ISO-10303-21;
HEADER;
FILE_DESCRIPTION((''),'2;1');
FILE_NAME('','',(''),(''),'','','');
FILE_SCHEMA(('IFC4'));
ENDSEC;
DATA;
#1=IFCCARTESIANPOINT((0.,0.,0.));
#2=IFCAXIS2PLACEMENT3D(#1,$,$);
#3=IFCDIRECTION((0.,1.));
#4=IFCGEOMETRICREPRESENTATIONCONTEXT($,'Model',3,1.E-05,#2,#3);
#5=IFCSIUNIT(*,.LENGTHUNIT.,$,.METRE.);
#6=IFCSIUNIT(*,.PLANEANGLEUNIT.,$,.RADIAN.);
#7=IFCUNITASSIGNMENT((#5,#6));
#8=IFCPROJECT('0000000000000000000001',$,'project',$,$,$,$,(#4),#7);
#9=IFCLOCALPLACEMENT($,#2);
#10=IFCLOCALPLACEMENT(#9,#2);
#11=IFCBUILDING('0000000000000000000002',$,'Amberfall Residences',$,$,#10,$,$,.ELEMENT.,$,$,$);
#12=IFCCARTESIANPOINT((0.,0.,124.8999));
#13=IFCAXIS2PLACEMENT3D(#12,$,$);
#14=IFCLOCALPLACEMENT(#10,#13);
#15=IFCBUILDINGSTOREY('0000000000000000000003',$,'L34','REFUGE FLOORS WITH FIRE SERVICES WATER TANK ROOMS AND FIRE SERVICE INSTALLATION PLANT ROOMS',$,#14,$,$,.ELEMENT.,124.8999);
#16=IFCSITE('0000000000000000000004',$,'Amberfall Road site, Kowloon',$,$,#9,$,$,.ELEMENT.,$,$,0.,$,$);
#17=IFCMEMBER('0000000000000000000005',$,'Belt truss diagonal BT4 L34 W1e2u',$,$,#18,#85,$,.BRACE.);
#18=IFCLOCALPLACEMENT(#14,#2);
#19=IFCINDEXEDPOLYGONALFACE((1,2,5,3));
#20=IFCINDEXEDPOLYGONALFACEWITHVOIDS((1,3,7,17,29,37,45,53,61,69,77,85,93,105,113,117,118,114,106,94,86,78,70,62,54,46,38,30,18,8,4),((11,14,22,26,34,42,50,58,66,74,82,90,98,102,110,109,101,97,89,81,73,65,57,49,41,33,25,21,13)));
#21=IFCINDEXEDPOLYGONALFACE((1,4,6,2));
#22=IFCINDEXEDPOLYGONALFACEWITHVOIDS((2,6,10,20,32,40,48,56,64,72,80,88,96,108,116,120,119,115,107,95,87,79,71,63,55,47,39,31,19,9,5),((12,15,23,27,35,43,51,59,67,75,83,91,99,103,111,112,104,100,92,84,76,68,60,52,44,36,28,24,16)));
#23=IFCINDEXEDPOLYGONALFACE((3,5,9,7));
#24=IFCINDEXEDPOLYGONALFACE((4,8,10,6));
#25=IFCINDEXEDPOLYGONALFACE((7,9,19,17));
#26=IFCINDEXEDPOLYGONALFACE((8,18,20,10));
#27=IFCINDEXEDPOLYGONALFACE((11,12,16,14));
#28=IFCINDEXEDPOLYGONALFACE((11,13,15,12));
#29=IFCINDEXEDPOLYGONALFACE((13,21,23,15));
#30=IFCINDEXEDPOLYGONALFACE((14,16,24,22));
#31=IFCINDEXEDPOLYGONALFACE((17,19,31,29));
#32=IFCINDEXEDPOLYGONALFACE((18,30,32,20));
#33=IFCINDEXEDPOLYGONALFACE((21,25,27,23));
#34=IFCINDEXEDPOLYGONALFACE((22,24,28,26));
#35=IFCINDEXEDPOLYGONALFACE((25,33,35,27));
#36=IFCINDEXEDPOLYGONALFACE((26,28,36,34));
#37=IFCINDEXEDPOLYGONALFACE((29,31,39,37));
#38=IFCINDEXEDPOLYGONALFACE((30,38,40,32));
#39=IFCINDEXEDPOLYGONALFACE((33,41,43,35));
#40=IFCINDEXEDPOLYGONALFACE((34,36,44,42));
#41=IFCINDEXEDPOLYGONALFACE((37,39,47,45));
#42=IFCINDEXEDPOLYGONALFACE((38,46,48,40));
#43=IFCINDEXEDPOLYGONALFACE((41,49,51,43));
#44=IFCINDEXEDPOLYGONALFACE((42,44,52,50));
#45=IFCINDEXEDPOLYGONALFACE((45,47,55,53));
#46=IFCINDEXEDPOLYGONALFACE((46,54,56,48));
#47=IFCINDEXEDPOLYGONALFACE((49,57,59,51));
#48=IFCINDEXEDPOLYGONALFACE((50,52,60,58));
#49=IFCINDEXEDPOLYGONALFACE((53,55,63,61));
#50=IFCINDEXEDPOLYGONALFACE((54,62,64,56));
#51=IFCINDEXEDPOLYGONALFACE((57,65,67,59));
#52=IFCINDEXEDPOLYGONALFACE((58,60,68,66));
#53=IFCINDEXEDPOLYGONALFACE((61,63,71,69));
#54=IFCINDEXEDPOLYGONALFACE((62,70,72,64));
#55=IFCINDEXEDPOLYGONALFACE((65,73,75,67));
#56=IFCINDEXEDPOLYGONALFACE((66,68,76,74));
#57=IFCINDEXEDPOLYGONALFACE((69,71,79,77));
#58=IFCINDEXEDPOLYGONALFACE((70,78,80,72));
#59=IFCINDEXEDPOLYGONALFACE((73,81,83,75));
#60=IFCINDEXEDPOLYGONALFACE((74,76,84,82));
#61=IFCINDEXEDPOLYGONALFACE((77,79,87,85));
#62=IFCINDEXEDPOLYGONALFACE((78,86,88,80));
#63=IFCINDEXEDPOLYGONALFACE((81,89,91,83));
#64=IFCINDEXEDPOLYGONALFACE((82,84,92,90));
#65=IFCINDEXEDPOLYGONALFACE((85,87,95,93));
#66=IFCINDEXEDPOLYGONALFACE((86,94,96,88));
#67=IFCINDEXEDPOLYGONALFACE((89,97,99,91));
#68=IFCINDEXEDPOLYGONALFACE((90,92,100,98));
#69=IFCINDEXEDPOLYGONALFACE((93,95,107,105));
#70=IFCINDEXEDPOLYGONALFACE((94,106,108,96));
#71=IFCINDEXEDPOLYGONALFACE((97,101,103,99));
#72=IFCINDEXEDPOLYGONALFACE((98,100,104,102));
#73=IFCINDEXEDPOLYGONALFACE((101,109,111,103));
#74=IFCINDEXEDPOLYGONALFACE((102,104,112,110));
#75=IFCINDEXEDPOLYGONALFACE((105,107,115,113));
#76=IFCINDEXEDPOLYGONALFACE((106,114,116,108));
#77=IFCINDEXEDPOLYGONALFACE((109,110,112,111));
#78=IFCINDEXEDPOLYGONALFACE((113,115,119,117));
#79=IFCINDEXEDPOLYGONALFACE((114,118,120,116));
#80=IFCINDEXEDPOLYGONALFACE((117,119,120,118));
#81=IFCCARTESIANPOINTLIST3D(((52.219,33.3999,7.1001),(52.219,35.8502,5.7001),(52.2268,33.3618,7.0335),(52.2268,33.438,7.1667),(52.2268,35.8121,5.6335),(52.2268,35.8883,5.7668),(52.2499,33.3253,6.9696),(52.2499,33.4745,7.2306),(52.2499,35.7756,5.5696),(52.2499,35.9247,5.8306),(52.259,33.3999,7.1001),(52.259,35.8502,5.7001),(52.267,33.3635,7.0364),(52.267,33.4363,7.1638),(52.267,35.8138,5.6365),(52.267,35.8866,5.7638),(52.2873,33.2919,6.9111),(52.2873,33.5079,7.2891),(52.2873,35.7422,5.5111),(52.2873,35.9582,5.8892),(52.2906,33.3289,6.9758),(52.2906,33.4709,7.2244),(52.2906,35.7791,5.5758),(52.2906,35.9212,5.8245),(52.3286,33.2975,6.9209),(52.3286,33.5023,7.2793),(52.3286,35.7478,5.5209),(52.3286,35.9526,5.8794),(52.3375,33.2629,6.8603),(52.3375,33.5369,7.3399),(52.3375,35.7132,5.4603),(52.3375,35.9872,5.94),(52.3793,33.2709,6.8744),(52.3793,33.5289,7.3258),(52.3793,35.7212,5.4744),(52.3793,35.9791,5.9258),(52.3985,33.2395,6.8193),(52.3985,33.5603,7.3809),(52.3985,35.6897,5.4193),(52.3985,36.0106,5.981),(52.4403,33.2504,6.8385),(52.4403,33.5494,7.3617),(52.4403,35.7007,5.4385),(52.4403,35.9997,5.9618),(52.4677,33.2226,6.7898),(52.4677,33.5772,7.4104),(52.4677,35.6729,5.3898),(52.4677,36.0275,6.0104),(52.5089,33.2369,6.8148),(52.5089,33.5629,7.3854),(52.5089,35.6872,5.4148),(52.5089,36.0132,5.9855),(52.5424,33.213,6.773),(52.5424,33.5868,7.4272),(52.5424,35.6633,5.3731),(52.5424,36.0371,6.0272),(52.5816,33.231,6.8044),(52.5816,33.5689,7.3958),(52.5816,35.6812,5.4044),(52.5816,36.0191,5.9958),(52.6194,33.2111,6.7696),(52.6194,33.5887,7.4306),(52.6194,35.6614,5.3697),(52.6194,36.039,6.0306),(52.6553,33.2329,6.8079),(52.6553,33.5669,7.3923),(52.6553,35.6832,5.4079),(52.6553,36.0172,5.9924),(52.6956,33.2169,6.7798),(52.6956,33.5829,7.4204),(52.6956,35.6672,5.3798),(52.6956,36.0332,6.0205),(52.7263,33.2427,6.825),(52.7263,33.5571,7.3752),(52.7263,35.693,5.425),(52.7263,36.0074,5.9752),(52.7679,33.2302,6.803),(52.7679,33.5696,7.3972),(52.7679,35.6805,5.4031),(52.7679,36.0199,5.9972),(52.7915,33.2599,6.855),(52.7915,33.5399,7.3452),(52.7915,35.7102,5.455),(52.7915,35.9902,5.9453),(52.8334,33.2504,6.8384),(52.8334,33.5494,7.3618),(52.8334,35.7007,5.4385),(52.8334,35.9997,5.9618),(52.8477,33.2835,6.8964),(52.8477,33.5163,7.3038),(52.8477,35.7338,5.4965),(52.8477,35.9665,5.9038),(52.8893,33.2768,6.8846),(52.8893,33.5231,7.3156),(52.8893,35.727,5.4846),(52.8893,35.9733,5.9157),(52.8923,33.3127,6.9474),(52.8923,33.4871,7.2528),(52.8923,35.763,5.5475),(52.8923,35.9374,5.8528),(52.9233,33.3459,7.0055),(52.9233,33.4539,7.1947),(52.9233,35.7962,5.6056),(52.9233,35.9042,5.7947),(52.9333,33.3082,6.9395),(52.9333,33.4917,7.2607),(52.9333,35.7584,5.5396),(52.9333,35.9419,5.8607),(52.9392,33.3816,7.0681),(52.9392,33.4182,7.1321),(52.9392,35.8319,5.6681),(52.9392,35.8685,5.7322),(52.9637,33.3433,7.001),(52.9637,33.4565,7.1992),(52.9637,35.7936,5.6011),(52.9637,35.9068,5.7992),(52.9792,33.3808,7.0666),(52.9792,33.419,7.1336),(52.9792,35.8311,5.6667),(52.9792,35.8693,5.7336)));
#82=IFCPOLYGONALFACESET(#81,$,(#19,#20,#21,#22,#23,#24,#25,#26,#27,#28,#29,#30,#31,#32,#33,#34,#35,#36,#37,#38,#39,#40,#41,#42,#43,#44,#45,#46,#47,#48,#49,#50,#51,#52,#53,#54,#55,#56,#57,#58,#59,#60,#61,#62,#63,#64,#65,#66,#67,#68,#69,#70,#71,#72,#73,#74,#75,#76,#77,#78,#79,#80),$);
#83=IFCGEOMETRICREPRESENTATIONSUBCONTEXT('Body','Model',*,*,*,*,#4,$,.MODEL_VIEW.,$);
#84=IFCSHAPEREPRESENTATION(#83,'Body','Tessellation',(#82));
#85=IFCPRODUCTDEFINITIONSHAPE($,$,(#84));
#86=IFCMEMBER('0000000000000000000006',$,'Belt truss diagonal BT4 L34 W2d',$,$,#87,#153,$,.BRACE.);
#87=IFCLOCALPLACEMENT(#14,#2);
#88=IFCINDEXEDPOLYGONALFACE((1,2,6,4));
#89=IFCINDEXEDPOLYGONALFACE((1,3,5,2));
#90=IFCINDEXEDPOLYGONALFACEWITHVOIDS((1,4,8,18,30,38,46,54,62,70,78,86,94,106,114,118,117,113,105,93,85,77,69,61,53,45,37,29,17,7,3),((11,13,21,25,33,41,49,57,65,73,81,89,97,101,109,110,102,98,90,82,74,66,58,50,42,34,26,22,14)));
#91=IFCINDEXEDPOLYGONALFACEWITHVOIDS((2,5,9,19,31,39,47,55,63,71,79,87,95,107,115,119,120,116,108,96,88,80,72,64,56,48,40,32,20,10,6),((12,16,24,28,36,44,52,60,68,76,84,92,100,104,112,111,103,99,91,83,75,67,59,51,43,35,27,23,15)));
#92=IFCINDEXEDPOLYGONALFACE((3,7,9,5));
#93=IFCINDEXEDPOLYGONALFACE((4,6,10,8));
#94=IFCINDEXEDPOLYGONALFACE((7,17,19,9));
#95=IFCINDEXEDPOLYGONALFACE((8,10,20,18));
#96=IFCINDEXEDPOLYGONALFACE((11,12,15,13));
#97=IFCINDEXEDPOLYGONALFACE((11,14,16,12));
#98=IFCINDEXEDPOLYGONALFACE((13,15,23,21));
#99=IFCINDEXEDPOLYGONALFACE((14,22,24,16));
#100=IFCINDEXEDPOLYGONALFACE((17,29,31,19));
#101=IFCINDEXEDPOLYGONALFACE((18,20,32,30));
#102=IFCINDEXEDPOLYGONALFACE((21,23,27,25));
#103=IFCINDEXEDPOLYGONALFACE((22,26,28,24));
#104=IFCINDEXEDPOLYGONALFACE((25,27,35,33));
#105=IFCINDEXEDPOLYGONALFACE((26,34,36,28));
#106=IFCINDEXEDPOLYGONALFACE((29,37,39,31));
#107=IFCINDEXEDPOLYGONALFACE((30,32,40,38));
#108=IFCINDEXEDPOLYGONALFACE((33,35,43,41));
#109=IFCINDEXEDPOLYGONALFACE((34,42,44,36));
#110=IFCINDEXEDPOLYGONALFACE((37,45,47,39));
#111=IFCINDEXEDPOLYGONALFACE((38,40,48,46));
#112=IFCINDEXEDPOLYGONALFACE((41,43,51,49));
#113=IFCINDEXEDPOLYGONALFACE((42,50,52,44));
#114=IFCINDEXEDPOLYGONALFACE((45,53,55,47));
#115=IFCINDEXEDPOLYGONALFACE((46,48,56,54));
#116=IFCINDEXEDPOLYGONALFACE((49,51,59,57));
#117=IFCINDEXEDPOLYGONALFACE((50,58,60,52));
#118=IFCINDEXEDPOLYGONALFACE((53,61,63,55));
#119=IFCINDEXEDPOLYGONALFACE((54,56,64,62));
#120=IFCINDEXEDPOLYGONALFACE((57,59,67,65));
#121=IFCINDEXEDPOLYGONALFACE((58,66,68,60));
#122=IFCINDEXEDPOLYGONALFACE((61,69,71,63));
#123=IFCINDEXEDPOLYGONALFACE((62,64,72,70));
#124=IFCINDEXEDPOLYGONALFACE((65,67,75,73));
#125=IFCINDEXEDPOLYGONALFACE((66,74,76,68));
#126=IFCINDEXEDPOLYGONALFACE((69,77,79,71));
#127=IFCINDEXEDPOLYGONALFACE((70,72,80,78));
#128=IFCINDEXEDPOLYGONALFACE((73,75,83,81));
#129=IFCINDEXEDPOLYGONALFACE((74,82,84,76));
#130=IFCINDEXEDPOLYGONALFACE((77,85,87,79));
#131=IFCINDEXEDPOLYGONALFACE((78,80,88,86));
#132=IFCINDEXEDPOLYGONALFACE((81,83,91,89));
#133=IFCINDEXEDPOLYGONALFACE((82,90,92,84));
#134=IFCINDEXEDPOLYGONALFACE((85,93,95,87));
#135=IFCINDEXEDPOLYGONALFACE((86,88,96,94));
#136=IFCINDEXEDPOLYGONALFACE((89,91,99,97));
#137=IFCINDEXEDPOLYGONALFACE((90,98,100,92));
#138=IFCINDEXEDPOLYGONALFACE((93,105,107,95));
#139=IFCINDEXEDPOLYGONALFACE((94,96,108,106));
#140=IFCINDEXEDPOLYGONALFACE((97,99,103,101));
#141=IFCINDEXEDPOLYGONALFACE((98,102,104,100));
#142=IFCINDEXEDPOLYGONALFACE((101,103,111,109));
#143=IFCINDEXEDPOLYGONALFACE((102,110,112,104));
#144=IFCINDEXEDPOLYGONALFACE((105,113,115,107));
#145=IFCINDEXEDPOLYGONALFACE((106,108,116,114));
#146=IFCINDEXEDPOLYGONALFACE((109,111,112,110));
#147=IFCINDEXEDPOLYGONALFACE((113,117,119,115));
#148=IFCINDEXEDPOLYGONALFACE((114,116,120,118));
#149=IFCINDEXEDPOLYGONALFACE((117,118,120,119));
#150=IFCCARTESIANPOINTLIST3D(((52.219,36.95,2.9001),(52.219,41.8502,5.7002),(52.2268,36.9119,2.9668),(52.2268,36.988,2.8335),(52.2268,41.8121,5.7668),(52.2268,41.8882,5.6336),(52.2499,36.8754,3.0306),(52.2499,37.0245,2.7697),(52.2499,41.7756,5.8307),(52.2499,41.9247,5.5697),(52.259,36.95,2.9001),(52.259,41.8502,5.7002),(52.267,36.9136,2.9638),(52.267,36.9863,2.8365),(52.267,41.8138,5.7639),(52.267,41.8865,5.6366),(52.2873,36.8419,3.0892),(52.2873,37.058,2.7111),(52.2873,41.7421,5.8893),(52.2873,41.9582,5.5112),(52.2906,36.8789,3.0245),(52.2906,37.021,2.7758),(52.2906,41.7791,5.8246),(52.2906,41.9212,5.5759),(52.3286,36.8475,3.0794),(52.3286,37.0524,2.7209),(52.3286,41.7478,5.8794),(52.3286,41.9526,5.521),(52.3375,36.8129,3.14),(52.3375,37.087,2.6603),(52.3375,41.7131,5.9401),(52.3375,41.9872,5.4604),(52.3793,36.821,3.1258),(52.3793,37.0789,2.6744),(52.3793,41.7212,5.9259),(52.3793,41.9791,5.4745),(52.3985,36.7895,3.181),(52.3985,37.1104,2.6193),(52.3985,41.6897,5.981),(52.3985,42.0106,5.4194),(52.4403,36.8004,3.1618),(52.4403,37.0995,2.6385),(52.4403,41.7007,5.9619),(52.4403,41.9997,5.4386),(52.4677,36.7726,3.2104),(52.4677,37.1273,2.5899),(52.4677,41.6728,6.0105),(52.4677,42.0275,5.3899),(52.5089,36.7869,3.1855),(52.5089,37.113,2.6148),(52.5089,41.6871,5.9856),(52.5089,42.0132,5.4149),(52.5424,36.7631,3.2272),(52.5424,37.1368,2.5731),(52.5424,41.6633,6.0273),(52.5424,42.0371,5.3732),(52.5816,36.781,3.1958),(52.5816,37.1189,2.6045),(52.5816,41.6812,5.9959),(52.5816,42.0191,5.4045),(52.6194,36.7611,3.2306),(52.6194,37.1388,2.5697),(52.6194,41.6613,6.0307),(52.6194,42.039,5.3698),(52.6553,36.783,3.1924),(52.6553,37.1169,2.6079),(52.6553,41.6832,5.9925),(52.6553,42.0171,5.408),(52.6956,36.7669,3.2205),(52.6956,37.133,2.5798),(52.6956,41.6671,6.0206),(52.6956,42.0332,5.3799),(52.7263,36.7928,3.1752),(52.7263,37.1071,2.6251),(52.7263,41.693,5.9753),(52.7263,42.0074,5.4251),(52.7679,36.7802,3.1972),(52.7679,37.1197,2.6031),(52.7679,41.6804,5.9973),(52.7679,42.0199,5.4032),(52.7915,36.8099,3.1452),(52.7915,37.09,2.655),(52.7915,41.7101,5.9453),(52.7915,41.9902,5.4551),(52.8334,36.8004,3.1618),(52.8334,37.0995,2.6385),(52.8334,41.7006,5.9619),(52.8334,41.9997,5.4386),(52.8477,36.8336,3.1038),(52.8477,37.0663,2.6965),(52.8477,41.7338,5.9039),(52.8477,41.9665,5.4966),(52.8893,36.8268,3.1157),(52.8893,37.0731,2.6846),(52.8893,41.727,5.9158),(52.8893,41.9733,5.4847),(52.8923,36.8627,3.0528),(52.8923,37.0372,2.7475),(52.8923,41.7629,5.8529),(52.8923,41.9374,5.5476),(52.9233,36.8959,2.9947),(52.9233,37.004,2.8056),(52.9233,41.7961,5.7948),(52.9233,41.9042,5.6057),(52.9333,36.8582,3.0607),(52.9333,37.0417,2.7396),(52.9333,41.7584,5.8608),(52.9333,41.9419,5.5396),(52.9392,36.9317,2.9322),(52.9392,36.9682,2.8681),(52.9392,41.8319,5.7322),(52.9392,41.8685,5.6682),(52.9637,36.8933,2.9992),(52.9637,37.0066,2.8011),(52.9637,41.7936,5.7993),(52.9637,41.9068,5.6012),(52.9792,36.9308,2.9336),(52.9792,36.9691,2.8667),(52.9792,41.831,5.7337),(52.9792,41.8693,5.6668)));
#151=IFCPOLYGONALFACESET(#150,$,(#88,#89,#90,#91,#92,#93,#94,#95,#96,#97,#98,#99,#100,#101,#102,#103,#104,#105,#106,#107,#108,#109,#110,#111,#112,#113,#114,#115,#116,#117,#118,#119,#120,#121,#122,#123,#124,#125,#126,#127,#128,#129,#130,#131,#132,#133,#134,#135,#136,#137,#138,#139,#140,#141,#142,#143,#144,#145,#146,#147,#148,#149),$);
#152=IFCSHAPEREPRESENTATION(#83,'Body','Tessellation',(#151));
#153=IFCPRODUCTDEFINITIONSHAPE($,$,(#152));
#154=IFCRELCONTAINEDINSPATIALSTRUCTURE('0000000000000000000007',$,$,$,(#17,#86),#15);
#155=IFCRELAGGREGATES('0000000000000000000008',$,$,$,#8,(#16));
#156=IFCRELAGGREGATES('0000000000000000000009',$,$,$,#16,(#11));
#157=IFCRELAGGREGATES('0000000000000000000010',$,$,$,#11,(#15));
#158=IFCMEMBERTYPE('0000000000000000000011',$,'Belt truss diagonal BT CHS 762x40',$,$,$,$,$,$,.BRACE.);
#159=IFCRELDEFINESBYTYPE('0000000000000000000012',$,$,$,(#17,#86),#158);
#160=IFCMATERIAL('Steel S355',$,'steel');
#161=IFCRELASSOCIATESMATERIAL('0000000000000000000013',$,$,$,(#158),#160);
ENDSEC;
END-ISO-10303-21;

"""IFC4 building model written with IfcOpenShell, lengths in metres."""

from ifc_helpers import new_model, si_unit, direction, frame, origin, origin_2d, place, context, subcontext, project, spatial, hollow_circle, extrude, material, material_profile, profile_set, type_object, element, save


model = new_model("IFC4")

# Units and contexts
model_context = context("Model", 3, precision=1e-05, world=origin(), true_north=direction((0.0, 1.0)))
body_context = subcontext(model_context, "Body", "Model", "MODEL_VIEW")
ifc_project = project(units=[si_unit("LENGTHUNIT", "METRE"), si_unit("PLANEANGLEUNIT", "RADIAN")], contexts=[model_context])

# Site, building, storey
site_placement = place(None, origin())
site = spatial("IfcSite", under=ifc_project, at=site_placement, Name="Amberfall Road site, Kowloon", CompositionType="ELEMENT", RefElevation=0.0)
building_placement = place(site_placement, origin())
building = spatial("IfcBuilding", under=site, at=building_placement, Name="Amberfall Residences", CompositionType="ELEMENT")
storey_placement = place(building_placement, frame((0.0, 0.0, 124.8999)))
storey = spatial("IfcBuildingStorey", under=building, at=storey_placement, Name="L34", Description="REFUGE FLOORS WITH FIRE SERVICES WATER TANK ROOMS AND FIRE SERVICE INSTALLATION PLANT ROOMS", CompositionType="ELEMENT", Elevation=124.8999)

# Shared definitions
ifc_material_1 = material(Name="Steel S355", Category="steel")

# Members
ifc_material_profile_1 = material_profile(ifc_material_1, hollow_circle(Radius=0.3811, WallThickness=0.04, at=origin_2d()), Name="CHS 762x40")
ifc_profile_set_1 = profile_set([ifc_material_profile_1], Name="Steel S355")
member_type = type_object("IfcMemberType", Name="Belt truss diagonal BT CHS 762x40", PredefinedType="BRACE", material=ifc_profile_set_1)
member_1_placement = place(storey_placement, frame((52.6001, 33.3999, 7.1001), z_axis=(0.0, 0.868275, -0.496083), x_axis=(-1.0, 0.0, 0.0)))
element("IfcMember", 1, at=member_1_placement, inside=storey, type_object=member_type, Name="Belt truss diagonal BT4 L34 W1e2u", PredefinedType="BRACE", context=body_context, shape_type="SweptSolid", body=[
    extrude(hollow_circle(Radius=0.3811, WallThickness=0.04, at=origin_2d()), origin(), (0.0, 0.0, 1.0), 2.822),
])
member_2_placement = place(storey_placement, frame((52.6001, 36.95, 2.9001), z_axis=(0.0, 0.868246, 0.496134), x_axis=(-1.0, 0.0, 0.0)))
element("IfcMember", 2, at=member_2_placement, inside=storey, type_object=member_type, Name="Belt truss diagonal BT4 L34 W2d", PredefinedType="BRACE", context=body_context, shape_type="SweptSolid", body=[
    extrude(hollow_circle(Radius=0.3811, WallThickness=0.04, at=origin_2d()), origin(), (0.0, 0.0, 1.0), 5.6438),
])

save(model, "model.ifc")
